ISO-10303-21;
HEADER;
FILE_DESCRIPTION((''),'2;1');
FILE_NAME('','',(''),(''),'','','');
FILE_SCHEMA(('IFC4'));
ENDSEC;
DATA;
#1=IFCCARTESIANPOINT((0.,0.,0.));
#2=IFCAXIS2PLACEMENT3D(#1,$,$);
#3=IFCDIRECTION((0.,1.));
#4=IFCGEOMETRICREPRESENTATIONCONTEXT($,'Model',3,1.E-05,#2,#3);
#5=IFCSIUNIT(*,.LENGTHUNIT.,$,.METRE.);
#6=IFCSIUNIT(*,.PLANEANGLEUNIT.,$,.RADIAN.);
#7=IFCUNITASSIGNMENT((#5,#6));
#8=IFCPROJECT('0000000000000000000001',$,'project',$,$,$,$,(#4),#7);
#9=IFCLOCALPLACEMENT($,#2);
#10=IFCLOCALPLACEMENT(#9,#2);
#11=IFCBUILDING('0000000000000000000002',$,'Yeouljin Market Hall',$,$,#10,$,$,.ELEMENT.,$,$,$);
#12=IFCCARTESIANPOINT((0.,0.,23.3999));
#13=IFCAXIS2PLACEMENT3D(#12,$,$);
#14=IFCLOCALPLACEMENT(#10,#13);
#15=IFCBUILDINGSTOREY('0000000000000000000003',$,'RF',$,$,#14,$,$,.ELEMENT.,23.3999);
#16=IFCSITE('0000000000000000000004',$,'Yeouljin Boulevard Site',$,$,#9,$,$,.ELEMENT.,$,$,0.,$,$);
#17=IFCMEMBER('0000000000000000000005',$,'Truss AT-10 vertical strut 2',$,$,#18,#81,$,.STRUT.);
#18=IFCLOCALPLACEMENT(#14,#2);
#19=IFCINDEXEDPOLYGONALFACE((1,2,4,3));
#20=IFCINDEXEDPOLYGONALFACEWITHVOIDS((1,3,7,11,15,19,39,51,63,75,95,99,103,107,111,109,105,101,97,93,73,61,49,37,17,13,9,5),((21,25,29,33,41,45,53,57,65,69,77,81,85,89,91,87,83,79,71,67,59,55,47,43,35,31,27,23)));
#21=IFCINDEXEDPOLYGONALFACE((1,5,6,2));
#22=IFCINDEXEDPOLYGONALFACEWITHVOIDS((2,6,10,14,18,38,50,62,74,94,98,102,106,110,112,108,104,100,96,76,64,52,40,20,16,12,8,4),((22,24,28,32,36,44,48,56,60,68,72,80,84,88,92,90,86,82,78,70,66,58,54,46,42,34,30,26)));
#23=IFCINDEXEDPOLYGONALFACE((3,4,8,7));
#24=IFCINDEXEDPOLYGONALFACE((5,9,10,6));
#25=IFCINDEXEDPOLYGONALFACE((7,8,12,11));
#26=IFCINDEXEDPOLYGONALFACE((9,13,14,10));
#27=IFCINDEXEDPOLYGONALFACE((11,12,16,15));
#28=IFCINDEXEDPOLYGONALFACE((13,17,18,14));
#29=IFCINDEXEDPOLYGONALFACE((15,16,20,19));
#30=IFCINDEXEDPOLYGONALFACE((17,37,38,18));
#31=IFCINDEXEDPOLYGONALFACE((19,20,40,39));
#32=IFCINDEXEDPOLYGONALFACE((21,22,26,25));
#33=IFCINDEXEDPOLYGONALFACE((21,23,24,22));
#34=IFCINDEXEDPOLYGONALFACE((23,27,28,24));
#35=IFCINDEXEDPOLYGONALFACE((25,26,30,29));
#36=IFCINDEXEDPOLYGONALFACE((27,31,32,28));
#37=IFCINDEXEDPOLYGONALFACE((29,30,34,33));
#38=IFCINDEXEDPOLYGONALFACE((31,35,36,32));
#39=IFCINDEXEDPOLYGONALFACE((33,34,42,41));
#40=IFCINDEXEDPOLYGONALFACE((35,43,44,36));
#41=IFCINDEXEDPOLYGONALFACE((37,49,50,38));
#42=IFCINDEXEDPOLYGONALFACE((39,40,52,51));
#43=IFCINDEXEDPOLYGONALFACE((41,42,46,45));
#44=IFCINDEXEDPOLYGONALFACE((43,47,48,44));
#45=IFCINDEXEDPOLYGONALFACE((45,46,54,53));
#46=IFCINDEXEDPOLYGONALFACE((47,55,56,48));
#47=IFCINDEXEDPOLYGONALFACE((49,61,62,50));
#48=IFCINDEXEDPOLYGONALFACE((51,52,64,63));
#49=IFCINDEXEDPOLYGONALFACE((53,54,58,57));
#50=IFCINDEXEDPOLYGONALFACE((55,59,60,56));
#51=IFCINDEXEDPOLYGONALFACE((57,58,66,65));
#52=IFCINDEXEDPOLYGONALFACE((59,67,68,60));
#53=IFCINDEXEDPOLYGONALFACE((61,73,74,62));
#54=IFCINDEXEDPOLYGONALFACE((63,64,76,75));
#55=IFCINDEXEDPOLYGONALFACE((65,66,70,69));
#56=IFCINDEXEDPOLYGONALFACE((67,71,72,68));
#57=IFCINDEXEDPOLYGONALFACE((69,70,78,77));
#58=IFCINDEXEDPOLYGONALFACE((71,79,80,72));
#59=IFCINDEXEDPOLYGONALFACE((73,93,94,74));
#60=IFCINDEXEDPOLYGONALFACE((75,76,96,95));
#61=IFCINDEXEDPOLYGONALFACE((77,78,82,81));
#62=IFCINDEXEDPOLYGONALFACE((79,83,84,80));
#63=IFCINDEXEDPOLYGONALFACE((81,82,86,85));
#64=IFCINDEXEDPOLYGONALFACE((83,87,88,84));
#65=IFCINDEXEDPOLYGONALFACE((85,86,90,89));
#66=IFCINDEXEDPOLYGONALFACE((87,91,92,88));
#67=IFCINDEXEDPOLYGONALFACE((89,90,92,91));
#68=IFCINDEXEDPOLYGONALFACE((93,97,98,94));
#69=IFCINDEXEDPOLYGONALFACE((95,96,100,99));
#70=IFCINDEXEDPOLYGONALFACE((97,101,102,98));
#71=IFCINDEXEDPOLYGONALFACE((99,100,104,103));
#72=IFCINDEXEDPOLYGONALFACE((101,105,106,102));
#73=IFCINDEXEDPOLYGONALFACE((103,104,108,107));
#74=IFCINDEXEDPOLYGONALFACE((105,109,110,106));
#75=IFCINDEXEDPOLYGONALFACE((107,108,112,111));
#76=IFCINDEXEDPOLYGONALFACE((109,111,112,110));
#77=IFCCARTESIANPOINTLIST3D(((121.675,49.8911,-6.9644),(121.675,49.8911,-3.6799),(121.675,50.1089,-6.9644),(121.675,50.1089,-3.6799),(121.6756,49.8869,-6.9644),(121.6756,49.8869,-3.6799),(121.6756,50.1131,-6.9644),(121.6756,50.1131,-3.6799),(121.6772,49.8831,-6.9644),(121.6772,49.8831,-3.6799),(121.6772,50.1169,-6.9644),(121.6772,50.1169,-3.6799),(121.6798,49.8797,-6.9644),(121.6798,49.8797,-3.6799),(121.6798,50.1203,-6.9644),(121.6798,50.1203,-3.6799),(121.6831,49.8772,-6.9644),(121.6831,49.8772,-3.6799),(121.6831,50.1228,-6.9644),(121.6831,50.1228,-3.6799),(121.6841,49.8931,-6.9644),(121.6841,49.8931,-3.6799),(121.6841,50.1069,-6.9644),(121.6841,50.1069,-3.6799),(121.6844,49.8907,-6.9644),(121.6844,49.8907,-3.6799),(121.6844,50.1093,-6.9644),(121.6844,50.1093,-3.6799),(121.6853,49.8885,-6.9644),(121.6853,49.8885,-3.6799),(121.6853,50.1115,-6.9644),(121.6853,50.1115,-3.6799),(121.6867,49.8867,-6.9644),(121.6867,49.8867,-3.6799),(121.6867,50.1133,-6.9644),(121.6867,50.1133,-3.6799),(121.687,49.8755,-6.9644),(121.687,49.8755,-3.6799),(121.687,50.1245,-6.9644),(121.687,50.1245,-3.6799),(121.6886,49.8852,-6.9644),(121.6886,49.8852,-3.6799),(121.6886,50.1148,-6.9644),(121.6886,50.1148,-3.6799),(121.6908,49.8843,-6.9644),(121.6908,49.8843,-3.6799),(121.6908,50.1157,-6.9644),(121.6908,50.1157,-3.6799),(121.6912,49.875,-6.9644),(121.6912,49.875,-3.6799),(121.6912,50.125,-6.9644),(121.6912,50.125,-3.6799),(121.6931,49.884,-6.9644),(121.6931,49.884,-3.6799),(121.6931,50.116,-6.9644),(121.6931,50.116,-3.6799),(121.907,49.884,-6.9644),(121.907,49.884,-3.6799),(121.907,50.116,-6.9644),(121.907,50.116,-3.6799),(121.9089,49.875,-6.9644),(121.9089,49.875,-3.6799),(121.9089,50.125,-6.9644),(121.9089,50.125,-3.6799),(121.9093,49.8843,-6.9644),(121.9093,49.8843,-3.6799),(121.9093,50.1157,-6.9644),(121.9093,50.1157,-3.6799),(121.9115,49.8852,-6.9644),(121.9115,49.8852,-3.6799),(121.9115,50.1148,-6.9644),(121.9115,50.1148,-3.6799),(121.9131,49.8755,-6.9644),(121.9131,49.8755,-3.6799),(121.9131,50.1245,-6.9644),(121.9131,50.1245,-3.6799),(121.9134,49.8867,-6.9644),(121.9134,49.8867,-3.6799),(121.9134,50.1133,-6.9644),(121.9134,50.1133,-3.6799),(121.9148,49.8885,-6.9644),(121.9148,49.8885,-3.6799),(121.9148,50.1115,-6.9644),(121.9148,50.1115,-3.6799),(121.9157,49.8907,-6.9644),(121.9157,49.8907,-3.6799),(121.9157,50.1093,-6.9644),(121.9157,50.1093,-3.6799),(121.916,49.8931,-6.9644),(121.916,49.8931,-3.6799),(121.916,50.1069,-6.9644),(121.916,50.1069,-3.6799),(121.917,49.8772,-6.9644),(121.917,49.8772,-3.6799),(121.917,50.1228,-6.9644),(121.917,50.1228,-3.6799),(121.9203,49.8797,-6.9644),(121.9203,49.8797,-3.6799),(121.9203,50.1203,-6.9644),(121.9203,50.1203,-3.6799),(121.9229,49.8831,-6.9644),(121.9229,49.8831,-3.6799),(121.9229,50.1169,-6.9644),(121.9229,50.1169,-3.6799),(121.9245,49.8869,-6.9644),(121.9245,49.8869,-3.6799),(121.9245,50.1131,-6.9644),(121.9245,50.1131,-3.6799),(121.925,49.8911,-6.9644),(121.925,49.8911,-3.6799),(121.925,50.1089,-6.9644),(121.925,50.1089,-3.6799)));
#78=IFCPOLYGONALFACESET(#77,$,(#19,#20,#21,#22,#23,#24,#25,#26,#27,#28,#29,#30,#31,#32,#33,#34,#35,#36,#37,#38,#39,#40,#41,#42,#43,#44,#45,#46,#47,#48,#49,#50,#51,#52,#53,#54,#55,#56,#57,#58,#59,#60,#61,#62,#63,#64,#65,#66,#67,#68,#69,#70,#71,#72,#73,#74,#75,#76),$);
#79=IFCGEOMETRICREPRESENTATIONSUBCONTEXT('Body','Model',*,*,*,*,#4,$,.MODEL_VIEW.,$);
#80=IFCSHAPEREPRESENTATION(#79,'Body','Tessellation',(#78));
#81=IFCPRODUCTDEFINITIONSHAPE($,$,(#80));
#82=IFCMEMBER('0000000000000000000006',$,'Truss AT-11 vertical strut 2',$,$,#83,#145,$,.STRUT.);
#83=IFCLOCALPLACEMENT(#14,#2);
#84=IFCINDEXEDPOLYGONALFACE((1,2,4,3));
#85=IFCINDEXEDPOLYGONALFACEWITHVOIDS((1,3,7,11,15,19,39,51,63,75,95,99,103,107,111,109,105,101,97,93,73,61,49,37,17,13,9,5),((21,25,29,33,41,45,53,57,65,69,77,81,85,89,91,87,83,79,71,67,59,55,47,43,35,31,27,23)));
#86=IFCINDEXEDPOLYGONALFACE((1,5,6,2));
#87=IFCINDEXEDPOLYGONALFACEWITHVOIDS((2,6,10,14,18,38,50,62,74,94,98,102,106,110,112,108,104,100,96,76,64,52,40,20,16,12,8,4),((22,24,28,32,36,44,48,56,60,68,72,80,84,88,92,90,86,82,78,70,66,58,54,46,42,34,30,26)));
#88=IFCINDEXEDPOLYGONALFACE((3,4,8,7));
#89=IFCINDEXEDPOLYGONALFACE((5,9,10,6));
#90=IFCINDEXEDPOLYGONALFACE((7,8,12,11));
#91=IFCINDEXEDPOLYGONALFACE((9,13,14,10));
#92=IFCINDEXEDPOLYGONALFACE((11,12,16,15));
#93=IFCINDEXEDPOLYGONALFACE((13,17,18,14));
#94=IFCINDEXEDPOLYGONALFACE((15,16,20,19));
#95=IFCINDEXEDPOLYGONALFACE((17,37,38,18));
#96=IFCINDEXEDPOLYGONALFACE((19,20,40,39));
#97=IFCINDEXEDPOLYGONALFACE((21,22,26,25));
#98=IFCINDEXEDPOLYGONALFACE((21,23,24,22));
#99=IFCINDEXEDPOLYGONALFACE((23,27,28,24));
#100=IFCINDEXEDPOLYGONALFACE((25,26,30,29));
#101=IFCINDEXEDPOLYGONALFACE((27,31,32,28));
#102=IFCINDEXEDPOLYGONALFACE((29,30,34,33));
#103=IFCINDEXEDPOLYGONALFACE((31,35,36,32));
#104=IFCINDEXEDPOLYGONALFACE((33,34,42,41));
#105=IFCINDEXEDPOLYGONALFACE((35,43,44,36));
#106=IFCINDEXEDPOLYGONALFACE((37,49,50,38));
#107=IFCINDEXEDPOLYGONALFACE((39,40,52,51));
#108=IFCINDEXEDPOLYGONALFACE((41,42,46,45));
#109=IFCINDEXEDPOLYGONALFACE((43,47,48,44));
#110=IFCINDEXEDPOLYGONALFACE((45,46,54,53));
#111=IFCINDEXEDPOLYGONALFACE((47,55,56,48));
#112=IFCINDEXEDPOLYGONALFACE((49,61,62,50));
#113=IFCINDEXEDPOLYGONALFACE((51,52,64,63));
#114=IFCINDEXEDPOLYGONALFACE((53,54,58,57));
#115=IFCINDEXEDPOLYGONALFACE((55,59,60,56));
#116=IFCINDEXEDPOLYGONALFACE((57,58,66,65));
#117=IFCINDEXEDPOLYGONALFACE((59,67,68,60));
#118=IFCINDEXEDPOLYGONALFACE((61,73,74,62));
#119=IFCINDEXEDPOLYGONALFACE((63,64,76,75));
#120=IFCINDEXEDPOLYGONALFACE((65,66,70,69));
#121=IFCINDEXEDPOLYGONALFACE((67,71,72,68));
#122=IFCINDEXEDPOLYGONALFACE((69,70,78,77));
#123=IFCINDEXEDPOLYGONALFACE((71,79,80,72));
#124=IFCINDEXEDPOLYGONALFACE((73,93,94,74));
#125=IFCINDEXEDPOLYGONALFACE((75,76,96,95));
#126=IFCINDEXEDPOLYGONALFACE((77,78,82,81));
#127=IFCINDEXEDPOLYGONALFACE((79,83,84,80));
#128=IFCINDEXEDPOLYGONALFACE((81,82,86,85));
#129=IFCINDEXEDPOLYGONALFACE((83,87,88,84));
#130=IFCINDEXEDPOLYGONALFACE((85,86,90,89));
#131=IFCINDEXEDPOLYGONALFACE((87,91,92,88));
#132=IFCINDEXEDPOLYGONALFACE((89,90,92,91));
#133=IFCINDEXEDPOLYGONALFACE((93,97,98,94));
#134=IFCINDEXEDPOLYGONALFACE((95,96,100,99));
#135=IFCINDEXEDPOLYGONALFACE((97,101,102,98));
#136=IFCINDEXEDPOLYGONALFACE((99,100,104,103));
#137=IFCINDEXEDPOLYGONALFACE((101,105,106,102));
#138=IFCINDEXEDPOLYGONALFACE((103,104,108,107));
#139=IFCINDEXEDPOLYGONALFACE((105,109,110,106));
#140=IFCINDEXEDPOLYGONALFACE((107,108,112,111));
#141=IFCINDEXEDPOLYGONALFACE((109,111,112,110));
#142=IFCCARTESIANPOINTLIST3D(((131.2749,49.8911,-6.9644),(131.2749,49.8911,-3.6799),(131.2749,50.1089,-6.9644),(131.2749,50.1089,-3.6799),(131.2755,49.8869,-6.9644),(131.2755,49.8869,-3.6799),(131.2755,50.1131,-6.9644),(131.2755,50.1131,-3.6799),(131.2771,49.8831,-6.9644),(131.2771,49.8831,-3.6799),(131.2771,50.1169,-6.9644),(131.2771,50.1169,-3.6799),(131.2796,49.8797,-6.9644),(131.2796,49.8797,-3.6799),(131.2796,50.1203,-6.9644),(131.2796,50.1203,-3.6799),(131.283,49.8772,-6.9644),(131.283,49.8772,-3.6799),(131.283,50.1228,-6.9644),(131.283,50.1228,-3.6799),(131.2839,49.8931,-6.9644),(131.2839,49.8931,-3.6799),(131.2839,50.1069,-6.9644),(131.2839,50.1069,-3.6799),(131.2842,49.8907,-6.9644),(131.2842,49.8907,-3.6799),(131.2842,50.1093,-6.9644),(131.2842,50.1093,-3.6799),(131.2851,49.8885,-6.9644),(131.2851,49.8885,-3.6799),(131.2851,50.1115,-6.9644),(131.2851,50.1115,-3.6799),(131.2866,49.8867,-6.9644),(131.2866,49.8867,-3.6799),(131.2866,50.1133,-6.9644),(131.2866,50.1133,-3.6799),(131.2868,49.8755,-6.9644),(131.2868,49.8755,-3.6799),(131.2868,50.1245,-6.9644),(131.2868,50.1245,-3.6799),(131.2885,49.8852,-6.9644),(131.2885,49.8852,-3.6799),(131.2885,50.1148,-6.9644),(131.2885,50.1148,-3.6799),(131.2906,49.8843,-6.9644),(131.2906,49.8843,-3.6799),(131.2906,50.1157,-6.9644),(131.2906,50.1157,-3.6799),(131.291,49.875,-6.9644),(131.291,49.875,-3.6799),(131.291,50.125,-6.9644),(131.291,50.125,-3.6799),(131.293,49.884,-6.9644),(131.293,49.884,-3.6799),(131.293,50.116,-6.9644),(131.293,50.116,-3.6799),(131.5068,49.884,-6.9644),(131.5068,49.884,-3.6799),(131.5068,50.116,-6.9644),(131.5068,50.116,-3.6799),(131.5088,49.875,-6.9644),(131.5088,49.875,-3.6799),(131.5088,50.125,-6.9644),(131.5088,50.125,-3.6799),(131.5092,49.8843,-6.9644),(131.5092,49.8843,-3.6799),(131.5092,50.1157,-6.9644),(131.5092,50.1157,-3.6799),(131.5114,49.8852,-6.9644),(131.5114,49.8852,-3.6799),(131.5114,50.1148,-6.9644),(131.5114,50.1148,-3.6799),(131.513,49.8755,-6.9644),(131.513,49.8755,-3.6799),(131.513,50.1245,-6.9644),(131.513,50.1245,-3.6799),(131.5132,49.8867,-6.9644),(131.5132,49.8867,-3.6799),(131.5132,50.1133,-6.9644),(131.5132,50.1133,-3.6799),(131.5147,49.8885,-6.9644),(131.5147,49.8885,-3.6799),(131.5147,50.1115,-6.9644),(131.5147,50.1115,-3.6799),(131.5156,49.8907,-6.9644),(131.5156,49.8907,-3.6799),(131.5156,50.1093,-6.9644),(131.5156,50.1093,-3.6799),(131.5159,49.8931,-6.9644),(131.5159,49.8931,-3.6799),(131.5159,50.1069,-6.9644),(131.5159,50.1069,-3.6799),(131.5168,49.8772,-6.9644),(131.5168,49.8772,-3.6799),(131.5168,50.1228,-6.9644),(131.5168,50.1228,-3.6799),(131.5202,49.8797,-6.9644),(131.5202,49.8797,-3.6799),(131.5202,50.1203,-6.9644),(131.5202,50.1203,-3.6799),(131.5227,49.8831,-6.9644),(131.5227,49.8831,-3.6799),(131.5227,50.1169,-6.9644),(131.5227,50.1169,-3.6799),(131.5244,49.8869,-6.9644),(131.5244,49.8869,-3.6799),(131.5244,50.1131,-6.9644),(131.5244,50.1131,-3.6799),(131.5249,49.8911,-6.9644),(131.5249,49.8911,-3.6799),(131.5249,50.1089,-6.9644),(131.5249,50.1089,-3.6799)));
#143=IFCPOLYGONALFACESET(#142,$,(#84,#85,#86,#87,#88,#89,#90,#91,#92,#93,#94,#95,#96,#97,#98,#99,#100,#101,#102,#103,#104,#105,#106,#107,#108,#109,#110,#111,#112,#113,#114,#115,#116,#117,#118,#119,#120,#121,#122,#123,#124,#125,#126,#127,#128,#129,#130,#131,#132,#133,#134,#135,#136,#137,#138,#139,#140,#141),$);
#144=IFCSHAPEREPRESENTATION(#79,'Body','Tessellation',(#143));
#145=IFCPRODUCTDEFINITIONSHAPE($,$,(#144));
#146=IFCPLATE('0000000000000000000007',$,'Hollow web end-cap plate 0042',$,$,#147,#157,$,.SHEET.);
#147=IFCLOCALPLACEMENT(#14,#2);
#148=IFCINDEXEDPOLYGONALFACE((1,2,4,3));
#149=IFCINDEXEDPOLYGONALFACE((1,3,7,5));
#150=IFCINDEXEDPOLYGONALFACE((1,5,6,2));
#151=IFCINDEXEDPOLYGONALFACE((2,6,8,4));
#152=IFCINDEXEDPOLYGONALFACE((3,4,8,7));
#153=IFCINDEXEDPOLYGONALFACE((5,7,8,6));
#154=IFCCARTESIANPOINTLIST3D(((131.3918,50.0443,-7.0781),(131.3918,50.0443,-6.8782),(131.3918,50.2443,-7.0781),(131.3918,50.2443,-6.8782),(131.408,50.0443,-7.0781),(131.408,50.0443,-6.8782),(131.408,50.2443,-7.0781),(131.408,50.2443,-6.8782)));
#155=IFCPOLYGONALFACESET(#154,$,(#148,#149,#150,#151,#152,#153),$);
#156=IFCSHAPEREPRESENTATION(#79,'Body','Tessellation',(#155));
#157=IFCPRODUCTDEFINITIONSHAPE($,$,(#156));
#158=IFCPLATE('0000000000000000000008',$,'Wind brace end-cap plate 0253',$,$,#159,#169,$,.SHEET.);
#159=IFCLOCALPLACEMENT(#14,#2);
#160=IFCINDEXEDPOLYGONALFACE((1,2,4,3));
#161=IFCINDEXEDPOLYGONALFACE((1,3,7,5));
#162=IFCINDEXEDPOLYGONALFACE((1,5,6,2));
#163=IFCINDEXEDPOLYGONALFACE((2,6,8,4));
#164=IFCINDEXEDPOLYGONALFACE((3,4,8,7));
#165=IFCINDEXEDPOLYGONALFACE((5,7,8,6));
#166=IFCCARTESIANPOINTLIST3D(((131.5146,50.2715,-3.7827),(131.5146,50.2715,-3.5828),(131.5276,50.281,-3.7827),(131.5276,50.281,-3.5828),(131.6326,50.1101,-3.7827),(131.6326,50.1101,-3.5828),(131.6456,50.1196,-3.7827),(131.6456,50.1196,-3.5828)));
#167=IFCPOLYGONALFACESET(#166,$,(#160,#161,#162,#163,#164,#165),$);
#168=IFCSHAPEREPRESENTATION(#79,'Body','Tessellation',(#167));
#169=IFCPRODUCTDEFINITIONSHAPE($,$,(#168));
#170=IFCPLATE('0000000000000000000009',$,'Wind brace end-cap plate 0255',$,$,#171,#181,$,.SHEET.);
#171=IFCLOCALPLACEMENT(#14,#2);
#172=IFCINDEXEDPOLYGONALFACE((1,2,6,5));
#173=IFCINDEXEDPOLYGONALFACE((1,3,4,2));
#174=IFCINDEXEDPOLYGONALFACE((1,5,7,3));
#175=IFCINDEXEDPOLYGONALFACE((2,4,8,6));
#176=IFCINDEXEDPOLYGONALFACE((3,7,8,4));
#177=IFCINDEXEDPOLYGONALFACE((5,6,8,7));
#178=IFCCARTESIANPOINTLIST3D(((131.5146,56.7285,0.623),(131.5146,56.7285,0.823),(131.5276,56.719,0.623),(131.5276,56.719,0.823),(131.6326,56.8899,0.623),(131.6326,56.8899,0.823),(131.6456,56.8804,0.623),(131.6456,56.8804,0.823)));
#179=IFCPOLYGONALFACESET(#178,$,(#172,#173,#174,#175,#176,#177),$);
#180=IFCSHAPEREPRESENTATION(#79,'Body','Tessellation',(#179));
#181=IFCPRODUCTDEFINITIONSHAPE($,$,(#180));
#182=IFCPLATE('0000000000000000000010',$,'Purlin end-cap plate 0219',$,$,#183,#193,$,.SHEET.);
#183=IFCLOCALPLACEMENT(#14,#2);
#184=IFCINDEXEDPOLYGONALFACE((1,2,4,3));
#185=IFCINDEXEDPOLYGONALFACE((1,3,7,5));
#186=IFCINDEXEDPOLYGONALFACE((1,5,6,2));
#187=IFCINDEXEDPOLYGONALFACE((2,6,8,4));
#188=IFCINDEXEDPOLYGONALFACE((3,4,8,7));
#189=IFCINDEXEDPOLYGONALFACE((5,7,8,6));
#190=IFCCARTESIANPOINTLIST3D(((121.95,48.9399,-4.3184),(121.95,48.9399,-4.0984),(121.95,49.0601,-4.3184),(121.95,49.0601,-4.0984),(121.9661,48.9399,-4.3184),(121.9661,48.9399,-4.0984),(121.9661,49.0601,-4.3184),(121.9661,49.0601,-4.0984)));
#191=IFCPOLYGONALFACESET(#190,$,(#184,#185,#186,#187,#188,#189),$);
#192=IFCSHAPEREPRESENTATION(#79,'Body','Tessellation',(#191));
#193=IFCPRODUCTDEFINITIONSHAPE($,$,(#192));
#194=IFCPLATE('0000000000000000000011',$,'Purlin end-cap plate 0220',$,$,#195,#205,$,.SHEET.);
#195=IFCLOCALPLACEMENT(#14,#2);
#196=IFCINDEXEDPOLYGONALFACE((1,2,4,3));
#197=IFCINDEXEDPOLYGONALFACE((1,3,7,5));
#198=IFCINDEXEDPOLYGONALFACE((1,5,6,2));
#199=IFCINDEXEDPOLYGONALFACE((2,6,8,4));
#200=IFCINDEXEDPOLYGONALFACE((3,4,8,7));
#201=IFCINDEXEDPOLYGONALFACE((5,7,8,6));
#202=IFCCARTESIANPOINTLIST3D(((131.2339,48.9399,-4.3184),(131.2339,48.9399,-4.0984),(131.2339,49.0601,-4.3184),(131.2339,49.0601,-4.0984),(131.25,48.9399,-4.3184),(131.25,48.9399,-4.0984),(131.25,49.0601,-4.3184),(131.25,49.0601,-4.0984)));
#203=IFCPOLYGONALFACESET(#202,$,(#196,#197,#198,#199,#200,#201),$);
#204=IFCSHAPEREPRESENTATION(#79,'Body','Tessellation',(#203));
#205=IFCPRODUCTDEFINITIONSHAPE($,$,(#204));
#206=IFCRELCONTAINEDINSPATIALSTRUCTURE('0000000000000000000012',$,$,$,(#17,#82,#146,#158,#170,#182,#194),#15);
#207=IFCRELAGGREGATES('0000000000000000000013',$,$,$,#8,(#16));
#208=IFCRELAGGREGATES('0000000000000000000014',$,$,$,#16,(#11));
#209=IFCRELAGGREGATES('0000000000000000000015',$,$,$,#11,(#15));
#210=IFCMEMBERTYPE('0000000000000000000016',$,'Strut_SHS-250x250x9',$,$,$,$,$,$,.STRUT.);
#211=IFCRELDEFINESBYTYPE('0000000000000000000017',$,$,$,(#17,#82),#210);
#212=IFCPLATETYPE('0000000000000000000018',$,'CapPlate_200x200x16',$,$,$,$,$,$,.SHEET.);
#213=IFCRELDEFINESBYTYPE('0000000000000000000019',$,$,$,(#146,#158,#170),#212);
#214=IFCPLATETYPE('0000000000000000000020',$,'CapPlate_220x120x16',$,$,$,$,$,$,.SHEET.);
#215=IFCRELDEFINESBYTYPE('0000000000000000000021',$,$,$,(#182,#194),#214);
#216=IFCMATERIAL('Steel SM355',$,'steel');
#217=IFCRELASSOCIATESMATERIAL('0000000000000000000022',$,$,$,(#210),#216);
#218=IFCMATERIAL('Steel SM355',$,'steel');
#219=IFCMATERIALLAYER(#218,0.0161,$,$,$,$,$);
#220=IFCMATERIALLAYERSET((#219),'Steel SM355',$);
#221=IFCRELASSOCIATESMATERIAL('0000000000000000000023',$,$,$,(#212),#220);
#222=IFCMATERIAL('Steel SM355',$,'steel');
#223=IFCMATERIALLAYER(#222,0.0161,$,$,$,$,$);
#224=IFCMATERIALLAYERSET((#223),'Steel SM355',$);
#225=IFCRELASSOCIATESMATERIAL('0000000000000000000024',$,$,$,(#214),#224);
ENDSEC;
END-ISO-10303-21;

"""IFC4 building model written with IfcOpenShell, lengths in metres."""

from ifc_helpers import new_model, si_unit, direction, frame, origin, origin_2d, place, context, subcontext, project, spatial, rectangle, hollow_rectangle, extrude, material, layer, layer_set, material_profile, profile_set, type_object, element, save


model = new_model("IFC4")

# Units and contexts
model_context = context("Model", 3, precision=1e-05, world=origin(), true_north=direction((0.0, 1.0)))
body_context = subcontext(model_context, "Body", "Model", "MODEL_VIEW")
ifc_project = project(units=[si_unit("LENGTHUNIT", "METRE"), si_unit("PLANEANGLEUNIT", "RADIAN")], contexts=[model_context])

# Site, building, storey
site_placement = place(None, origin())
site = spatial("IfcSite", under=ifc_project, at=site_placement, Name="Yeouljin Boulevard Site", CompositionType="ELEMENT", RefElevation=0.0)
building_placement = place(site_placement, origin())
building = spatial("IfcBuilding", under=site, at=building_placement, Name="Yeouljin Market Hall", CompositionType="ELEMENT")
storey_placement = place(building_placement, frame((0.0, 0.0, 23.3999)))
storey = spatial("IfcBuildingStorey", under=building, at=storey_placement, Name="RF", CompositionType="ELEMENT", Elevation=23.3999)

# Members
ifc_material_1 = material(Name="Steel SM355", Category="steel")
ifc_material_profile_1 = material_profile(ifc_material_1, hollow_rectangle(XDim=0.25, YDim=0.25, WallThickness=0.009, InnerFilletRadius=0.009, OuterFilletRadius=0.0161, at=origin_2d()), Name="SHS-250x250x9")
ifc_profile_set_1 = profile_set([ifc_material_profile_1], Name="Steel SM355")
member_type_1 = type_object("IfcMemberType", Name="Strut_SHS-250x250x9", PredefinedType="STRUT", material=ifc_profile_set_1)
for number, where, z_axis, x_axis, name in (
    (1, (121.8, 50.0, -6.9644), (0.0, 0.0, 1.0), (1.0, 0.0, 0.0), "Truss AT-10 vertical strut 2"),
    (2, (131.3999, 50.0, -6.9644), (0.0, 0.0, 1.0), (1.0, 0.0, 0.0), "Truss AT-11 vertical strut 2"),
):
    element("IfcMember", number, at=place(storey_placement, frame(where, z_axis=z_axis, x_axis=x_axis)), inside=storey, type_object=member_type_1, Name=name, PredefinedType="STRUT", context=body_context, shape_type="SweptSolid", body=[
        extrude(hollow_rectangle(XDim=0.25, YDim=0.25, WallThickness=0.009, InnerFilletRadius=0.009, OuterFilletRadius=0.0161, at=origin_2d()), origin(), (0.0, 0.0, 1.0), 3.2844),
    ])

# Plates
ifc_material_2 = material(Name="Steel SM355", Category="steel")
ifc_layer_1 = layer(ifc_material_2, 0.0161)
ifc_layer_set_1 = layer_set([ifc_layer_1], Name="Steel SM355")
plate_type_1 = type_object("IfcPlateType", Name="CapPlate_200x200x16", PredefinedType="SHEET", material=ifc_layer_set_1)
for number, where, z_axis, x_axis, name in (
    (3, (131.3999, 50.1443, -7.0781), (0.0, 0.0, 1.0), (0.0, 1.0, 0.0), "Hollow web end-cap plate 0042"),
    (4, (131.5801, 50.1956, -3.7827), (0.0, 0.0, 1.0), (-0.590183, 0.807269, 0.0), "Wind brace end-cap plate 0253"),
    (5, (131.5801, 56.8044, 0.623), (0.0, 0.0, 1.0), (0.590183, 0.807269, 0.0), "Wind brace end-cap plate 0255"),
):
    element("IfcPlate", number, at=place(storey_placement, frame(where, z_axis=z_axis, x_axis=x_axis)), inside=storey, type_object=plate_type_1, Name=name, PredefinedType="SHEET", context=body_context, shape_type="SweptSolid", body=[
        extrude(rectangle(XDim=0.2, YDim=0.0161, at=origin_2d()), origin(), (0.0, 0.0, 1.0), 0.2),
    ])
ifc_material_3 = material(Name="Steel SM355", Category="steel")
ifc_layer_2 = layer(ifc_material_3, 0.0161)
ifc_layer_set_2 = layer_set([ifc_layer_2], Name="Steel SM355")
plate_type_2 = type_object("IfcPlateType", Name="CapPlate_220x120x16", PredefinedType="SHEET", material=ifc_layer_set_2)
for number, where, z_axis, x_axis, name in (
    (6, (121.958, 49.0, -4.3184), (0.0, 0.0, 1.0), (0.0, 1.0, 0.0), "Purlin end-cap plate 0219"),
    (7, (131.2419, 49.0, -4.3184), (0.0, 0.0, 1.0), (0.0, 1.0, 0.0), "Purlin end-cap plate 0220"),
):
    element("IfcPlate", number, at=place(storey_placement, frame(where, z_axis=z_axis, x_axis=x_axis)), inside=storey, type_object=plate_type_2, Name=name, PredefinedType="SHEET", context=body_context, shape_type="SweptSolid", body=[
        extrude(rectangle(XDim=0.1201, YDim=0.0161, at=origin_2d()), origin(), (0.0, 0.0, 1.0), 0.22),
    ])

save(model, "model.ifc")
